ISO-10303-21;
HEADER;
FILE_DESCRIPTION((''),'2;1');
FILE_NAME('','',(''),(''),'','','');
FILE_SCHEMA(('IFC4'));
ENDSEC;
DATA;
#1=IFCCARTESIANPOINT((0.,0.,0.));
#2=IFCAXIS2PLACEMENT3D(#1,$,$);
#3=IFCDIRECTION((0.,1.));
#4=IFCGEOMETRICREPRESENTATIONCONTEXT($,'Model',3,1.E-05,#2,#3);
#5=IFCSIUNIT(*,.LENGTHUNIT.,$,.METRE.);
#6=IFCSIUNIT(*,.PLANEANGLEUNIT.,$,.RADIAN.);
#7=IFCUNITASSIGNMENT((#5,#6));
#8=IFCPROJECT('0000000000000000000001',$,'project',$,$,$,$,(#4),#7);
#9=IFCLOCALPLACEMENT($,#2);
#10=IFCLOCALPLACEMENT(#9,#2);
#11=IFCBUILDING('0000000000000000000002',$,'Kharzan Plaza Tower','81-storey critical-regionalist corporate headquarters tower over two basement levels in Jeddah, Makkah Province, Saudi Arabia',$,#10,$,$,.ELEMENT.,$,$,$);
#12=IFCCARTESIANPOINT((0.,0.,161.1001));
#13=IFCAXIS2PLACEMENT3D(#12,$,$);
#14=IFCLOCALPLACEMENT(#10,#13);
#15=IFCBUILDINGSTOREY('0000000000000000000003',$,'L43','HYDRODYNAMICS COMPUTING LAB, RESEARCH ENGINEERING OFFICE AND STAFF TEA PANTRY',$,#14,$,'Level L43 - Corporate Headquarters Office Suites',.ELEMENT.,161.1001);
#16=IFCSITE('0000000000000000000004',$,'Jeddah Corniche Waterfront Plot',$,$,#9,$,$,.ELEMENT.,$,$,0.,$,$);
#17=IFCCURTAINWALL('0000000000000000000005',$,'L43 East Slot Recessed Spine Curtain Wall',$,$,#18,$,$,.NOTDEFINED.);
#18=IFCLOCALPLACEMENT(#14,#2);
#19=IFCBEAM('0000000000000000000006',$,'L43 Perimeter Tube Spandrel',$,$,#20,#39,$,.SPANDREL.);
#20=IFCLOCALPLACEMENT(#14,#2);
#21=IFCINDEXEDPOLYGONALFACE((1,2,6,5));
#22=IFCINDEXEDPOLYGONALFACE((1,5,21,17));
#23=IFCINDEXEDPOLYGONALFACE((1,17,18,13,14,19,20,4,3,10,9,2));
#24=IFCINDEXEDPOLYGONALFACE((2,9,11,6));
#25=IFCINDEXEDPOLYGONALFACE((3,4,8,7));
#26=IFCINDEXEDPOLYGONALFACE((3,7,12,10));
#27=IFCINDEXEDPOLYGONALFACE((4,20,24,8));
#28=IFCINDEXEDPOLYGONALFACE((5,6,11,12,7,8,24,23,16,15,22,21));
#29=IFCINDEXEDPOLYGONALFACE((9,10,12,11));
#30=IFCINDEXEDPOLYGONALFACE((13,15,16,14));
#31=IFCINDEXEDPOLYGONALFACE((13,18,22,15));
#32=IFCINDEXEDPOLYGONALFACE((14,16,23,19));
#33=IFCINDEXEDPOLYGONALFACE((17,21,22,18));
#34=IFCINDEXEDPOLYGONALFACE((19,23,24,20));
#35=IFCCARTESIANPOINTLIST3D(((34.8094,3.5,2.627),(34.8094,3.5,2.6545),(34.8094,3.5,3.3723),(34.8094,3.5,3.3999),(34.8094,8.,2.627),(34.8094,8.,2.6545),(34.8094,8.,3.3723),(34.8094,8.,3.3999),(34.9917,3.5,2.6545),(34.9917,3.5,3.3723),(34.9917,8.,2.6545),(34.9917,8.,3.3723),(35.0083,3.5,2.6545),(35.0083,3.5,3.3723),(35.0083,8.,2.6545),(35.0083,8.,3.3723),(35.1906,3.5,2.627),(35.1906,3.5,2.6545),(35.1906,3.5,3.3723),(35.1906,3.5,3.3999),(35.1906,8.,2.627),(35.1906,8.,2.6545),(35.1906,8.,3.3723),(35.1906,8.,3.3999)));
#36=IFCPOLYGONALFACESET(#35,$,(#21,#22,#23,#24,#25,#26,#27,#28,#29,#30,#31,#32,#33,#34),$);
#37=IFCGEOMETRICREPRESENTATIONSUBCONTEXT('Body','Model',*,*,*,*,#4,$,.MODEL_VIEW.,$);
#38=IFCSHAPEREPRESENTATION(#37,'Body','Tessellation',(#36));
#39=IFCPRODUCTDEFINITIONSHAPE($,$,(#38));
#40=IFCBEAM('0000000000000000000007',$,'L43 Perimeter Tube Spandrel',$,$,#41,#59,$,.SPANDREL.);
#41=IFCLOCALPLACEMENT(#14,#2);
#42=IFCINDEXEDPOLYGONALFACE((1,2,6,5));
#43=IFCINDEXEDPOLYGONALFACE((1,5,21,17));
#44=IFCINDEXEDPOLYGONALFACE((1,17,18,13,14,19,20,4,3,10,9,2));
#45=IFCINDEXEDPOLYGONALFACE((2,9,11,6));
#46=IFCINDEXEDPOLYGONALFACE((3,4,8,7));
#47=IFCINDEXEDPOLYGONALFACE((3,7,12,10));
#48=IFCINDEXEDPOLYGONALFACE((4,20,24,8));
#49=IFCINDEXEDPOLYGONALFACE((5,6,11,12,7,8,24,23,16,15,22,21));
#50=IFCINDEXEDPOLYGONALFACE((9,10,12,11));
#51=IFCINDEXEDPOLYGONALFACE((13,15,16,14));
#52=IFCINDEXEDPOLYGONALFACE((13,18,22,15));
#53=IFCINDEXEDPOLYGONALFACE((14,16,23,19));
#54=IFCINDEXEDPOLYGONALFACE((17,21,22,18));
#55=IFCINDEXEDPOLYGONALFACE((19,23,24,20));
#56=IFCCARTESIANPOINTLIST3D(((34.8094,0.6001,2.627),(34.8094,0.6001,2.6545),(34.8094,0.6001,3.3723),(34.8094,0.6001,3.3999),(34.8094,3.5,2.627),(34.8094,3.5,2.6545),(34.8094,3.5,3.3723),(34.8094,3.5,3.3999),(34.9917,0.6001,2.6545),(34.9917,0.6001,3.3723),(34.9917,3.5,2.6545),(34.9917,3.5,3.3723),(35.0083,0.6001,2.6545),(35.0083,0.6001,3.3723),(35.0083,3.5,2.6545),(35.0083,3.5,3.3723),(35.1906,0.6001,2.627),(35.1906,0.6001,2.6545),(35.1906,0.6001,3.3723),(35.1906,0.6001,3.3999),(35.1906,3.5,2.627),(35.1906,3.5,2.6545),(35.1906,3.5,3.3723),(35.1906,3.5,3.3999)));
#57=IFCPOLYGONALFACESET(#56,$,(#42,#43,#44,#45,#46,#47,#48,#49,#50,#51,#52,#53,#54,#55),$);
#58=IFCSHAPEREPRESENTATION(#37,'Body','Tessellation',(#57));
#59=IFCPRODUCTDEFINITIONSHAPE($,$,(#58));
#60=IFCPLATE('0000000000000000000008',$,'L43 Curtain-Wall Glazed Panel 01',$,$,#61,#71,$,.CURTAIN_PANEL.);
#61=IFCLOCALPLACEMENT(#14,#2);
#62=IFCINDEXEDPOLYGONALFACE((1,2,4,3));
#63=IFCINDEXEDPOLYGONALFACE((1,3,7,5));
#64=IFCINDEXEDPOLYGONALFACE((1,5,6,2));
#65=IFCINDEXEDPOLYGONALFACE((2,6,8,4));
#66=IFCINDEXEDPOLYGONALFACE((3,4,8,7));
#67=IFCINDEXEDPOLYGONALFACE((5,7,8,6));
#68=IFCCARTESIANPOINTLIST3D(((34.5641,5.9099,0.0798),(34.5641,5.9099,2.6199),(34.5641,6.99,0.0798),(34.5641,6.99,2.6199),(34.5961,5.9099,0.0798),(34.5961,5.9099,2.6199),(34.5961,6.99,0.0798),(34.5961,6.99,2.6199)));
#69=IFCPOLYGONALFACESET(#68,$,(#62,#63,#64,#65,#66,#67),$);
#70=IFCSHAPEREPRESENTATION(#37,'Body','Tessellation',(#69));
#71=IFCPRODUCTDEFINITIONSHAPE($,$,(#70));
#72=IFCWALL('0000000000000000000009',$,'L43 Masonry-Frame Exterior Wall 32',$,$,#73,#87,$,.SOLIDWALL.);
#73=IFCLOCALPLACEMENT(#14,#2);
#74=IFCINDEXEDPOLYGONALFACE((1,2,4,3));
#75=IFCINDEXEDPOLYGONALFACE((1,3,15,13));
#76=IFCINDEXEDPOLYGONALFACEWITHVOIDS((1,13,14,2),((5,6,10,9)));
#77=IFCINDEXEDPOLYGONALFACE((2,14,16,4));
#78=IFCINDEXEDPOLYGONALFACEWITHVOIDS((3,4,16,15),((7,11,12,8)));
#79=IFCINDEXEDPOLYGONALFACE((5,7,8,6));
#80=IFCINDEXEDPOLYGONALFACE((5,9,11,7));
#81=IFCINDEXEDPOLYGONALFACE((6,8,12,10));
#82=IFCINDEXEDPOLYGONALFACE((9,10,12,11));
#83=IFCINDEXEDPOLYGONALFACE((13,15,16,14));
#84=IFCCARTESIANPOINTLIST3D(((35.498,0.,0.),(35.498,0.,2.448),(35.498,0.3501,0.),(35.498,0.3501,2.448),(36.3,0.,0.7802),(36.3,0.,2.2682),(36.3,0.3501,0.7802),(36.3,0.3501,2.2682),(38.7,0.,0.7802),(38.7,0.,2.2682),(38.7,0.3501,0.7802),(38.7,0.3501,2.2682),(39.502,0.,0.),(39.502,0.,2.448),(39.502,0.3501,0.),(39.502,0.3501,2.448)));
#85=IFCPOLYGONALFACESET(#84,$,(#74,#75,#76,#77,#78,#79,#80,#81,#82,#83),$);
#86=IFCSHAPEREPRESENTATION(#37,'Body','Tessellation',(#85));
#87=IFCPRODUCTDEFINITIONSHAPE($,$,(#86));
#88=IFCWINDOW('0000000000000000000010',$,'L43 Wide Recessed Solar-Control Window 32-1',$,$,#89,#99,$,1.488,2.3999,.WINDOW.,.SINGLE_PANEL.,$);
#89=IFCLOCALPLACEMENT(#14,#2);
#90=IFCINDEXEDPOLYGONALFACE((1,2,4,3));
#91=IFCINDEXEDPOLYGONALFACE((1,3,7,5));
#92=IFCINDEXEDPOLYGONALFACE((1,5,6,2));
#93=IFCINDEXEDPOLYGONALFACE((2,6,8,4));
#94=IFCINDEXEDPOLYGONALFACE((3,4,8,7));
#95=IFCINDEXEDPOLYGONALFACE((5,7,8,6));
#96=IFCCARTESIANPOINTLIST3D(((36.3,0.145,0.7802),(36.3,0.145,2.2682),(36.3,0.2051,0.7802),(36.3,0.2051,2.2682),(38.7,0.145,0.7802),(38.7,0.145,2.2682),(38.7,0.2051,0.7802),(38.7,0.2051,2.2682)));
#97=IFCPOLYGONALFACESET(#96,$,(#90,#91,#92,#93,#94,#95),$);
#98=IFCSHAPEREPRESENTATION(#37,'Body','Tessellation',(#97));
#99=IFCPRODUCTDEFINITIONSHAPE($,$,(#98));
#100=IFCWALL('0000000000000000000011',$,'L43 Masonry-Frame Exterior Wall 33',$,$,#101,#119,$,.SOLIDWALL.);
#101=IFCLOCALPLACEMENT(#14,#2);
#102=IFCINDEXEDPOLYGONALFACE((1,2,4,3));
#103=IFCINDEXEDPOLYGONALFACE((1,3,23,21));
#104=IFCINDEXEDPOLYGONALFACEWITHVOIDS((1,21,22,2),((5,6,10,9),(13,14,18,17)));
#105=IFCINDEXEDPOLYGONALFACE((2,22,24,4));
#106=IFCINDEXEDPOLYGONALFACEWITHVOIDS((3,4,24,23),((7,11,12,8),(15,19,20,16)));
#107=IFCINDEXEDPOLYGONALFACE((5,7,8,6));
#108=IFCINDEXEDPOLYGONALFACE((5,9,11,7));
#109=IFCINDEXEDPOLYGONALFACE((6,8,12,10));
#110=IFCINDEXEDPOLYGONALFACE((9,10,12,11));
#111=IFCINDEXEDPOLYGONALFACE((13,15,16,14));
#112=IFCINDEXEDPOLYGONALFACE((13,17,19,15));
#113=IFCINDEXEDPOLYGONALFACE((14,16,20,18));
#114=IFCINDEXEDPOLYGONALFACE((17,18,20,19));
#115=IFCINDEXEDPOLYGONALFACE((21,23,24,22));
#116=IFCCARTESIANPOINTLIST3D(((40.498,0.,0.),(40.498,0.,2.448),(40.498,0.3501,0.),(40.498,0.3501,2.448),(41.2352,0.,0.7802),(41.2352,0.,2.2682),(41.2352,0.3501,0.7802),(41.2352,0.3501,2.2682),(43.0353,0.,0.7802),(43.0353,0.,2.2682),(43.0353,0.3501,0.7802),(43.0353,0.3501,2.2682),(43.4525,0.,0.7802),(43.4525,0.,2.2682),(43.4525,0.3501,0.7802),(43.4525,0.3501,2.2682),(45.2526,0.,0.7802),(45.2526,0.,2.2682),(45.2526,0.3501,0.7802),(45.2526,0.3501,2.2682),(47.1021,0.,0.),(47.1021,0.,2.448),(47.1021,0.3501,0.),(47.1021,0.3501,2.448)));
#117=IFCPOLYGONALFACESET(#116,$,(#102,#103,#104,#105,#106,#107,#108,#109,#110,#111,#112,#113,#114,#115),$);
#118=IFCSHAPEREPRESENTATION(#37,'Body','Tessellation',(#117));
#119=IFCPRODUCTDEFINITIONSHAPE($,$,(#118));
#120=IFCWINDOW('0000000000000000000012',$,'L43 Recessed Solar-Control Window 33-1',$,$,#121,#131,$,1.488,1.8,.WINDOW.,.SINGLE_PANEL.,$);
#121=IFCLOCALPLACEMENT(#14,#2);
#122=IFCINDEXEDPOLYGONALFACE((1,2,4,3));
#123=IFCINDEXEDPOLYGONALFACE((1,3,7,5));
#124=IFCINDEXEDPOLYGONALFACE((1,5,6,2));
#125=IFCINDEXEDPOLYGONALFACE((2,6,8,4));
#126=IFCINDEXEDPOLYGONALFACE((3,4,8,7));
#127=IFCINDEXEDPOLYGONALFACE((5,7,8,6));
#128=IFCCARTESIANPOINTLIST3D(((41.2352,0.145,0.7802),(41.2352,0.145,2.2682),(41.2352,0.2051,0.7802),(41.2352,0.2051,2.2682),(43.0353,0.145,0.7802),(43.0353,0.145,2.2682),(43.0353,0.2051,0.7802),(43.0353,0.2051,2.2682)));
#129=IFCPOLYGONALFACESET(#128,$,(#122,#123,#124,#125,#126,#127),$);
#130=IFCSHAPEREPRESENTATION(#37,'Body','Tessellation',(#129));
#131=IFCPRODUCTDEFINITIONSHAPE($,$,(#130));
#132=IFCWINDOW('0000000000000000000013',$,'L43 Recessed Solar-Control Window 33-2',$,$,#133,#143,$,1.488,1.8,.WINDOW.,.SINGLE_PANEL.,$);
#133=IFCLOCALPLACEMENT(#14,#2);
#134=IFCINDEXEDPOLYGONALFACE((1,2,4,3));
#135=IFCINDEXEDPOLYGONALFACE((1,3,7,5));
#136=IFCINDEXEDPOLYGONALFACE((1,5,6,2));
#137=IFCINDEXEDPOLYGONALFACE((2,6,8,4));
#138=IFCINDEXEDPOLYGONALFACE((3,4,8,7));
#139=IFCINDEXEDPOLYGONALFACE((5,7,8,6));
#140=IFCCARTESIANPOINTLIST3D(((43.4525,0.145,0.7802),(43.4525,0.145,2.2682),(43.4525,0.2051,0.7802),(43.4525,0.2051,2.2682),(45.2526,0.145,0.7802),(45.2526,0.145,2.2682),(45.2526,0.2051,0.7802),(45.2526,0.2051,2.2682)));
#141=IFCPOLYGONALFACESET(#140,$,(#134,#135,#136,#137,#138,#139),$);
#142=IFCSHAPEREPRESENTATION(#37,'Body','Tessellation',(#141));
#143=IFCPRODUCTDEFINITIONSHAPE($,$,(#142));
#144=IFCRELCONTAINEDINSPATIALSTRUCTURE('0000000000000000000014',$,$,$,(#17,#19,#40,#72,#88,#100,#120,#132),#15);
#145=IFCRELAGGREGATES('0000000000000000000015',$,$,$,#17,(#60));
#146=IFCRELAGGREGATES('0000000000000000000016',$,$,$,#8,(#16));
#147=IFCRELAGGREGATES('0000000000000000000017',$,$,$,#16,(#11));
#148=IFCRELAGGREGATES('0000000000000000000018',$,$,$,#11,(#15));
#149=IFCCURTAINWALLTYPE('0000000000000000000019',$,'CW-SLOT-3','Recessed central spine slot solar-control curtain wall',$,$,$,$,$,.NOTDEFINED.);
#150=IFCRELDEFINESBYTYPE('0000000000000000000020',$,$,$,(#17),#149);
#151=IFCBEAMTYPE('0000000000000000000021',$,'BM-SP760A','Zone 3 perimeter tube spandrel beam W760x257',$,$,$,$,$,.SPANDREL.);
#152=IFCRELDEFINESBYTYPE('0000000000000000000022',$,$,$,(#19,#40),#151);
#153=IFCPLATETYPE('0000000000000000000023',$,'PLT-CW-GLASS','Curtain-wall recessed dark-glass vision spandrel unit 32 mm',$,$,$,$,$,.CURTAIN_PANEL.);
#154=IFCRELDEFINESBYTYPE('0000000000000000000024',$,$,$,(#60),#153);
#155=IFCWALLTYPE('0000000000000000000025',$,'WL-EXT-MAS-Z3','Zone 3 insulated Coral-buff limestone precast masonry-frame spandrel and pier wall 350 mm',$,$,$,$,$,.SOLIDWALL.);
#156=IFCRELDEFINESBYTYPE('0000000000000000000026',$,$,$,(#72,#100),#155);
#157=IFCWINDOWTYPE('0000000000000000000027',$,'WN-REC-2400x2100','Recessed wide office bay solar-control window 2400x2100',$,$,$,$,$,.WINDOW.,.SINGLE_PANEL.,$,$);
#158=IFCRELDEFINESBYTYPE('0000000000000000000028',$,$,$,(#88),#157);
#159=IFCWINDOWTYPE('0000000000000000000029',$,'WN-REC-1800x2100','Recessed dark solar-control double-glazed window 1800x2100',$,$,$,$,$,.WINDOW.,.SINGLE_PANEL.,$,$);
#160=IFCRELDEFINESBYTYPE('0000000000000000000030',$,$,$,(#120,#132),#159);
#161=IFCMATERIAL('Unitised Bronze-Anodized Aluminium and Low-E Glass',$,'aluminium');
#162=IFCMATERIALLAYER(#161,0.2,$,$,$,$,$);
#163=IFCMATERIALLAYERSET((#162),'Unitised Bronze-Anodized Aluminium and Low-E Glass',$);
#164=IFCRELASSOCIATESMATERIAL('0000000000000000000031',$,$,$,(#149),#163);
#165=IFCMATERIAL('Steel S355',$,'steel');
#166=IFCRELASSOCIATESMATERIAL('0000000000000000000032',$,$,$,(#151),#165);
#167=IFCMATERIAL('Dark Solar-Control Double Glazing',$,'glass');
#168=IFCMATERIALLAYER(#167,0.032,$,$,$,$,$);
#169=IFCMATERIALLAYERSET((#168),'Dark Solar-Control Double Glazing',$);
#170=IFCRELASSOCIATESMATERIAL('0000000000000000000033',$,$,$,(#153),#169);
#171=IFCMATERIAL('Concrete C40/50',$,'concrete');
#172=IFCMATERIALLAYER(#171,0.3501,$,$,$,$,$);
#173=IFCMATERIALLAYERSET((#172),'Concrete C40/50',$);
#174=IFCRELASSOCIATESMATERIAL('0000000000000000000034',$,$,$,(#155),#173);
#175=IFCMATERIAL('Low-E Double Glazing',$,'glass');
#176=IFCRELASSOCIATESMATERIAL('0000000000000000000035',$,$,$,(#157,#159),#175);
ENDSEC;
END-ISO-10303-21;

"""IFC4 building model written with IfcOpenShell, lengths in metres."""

from ifc_helpers import new_model, si_unit, direction, frame, frame_2d, origin, origin_2d, place, context, subcontext, project, spatial, rectangle, i_section, extrude, source, transform, mapped, material, layer, layer_set, material_profile, profile_set, type_object, element, fill, aggregate, save


model = new_model("IFC4")

# Units and contexts
model_context = context("Model", 3, precision=1e-05, world=origin(), true_north=direction((0.0, 1.0)))
body_context = subcontext(model_context, "Body", "Model", "MODEL_VIEW")
ifc_project = project(units=[si_unit("LENGTHUNIT", "METRE"), si_unit("PLANEANGLEUNIT", "RADIAN")], contexts=[model_context])

# Site, building, storey
site_placement = place(None, origin())
site = spatial("IfcSite", under=ifc_project, at=site_placement, Name="Jeddah Corniche Waterfront Plot", CompositionType="ELEMENT", RefElevation=0.0)
building_placement = place(site_placement, origin())
building = spatial("IfcBuilding", under=site, at=building_placement, Name="Kharzan Plaza Tower", Description="81-storey critical-regionalist corporate headquarters tower over two basement levels in Jeddah, Makkah Province, Saudi Arabia", CompositionType="ELEMENT")
storey_placement = place(building_placement, frame((0.0, 0.0, 161.1001)))
storey = spatial("IfcBuildingStorey", under=building, at=storey_placement, Name="L43", Description="HYDRODYNAMICS COMPUTING LAB, RESEARCH ENGINEERING OFFICE AND STAFF TEA PANTRY", LongName="Level L43 - Corporate Headquarters Office Suites", CompositionType="ELEMENT", Elevation=161.1001)

# Shared definitions
ifc_material_1 = material(Name="Steel S355", Category="steel")

# Curtain wall
ifc_material_2 = material(Name="Unitised Bronze-Anodized Aluminium and Low-E Glass", Category="aluminium")
ifc_layer_1 = layer(ifc_material_2, 0.2)
ifc_layer_set_1 = layer_set([ifc_layer_1], Name="Unitised Bronze-Anodized Aluminium and Low-E Glass")
curtain_wall_type = type_object("IfcCurtainWallType", Name="CW-SLOT-3", Description="Recessed central spine slot solar-control curtain wall", PredefinedType="NOTDEFINED", material=ifc_layer_set_1)
curtain_wall_placement = place(storey_placement, origin())
curtain_wall = element("IfcCurtainWall", 1, at=curtain_wall_placement, inside=storey, type_object=curtain_wall_type, Name="L43 East Slot Recessed Spine Curtain Wall", PredefinedType="NOTDEFINED")

# Beams
ifc_material_profile_1 = material_profile(ifc_material_1, i_section(OverallWidth=0.3811, OverallDepth=0.7729, WebThickness=0.0166, FlangeThickness=0.0276, at=origin_2d()), Name="W760x257")
ifc_profile_set_1 = profile_set([ifc_material_profile_1], Name="Steel S355")
beam_type_1 = type_object("IfcBeamType", Name="BM-SP760A", Description="Zone 3 perimeter tube spandrel beam W760x257", PredefinedType="SPANDREL", material=ifc_profile_set_1)
shared_shape_1 = source(origin(), body_context, "Body", "SweptSolid", [
    extrude(i_section(OverallWidth=0.3811, OverallDepth=0.7729, WebThickness=0.0166, FlangeThickness=0.0276, at=origin_2d()), origin(), (0.0, 0.0, 1.0), 4.5),
])
beam_1_placement = place(storey_placement, frame((35.0, 3.5, 3.0134), z_axis=(0.0, 1.0, 0.0), x_axis=(-1.0, 0.0, 0.0)))
element("IfcBeam", 2, at=beam_1_placement, inside=storey, type_object=beam_type_1, Name="L43 Perimeter Tube Spandrel", PredefinedType="SPANDREL", context=body_context, shape_type="MappedRepresentation", body=[
    mapped(shared_shape_1, transform((0.0, 0.0, 0.0), x_axis=(1.0, 0.0, 0.0), y_axis=(0.0, 1.0, 0.0), z_axis=(0.0, 0.0, 1.0))),
])
shared_shape_2 = source(origin(), body_context, "Body", "SweptSolid", [
    extrude(i_section(OverallWidth=0.3811, OverallDepth=0.7729, WebThickness=0.0166, FlangeThickness=0.0276, at=origin_2d()), origin(), (0.0, 0.0, 1.0), 2.8999),
])
beam_2_placement = place(storey_placement, frame((35.0, 0.6001, 3.0134), z_axis=(0.0, 1.0, 0.0), x_axis=(-1.0, 0.0, 0.0)))
element("IfcBeam", 3, at=beam_2_placement, inside=storey, type_object=beam_type_1, Name="L43 Perimeter Tube Spandrel", PredefinedType="SPANDREL", context=body_context, shape_type="MappedRepresentation", body=[
    mapped(shared_shape_2, transform((0.0, 0.0, 0.0), x_axis=(1.0, 0.0, 0.0), y_axis=(0.0, 1.0, 0.0), z_axis=(0.0, 0.0, 1.0))),
])

# Plate
ifc_material_3 = material(Name="Dark Solar-Control Double Glazing", Category="glass")
ifc_layer_2 = layer(ifc_material_3, 0.032)
ifc_layer_set_2 = layer_set([ifc_layer_2], Name="Dark Solar-Control Double Glazing")
plate_type = type_object("IfcPlateType", Name="PLT-CW-GLASS", Description="Curtain-wall recessed dark-glass vision spandrel unit 32 mm", PredefinedType="CURTAIN_PANEL", material=ifc_layer_set_2)
shared_shape_3 = source(origin(), body_context, "Body", "SweptSolid", [
    extrude(rectangle(XDim=1.0801, YDim=0.032, at=origin_2d()), origin(), (0.0, 0.0, 1.0), 2.54),
])
plate_placement = place(storey_placement, frame((34.5801, 6.45, 0.0798), z_axis=(0.0, 0.0, 1.0), x_axis=(0.0, 1.0, 0.0)))
plate = element("IfcPlate", 4, at=plate_placement, type_object=plate_type, Name="L43 Curtain-Wall Glazed Panel 01", PredefinedType="CURTAIN_PANEL", context=body_context, shape_type="MappedRepresentation", body=[
    mapped(shared_shape_3, transform((0.0, 0.0, 0.0), x_axis=(1.0, 0.0, 0.0), y_axis=(0.0, 1.0, 0.0), z_axis=(0.0, 0.0, 1.0))),
])
aggregate(curtain_wall, [plate])

# Wall, opening, window
ifc_material_4 = material(Name="Concrete C40/50", Category="concrete")
ifc_layer_3 = layer(ifc_material_4, 0.3501)
ifc_layer_set_3 = layer_set([ifc_layer_3], Name="Concrete C40/50")
wall_type_1 = type_object("IfcWallType", Name="WL-EXT-MAS-Z3", Description="Zone 3 insulated Coral-buff limestone precast masonry-frame spandrel and pier wall 350 mm", PredefinedType="SOLIDWALL", material=ifc_layer_set_3)
wall_1_placement = place(storey_placement, frame((35.498, 0.175, 0.0), z_axis=(0.0, 0.0, 1.0), x_axis=(1.0, 0.0, 0.0)))
wall_1 = element("IfcWall", 5, at=wall_1_placement, inside=storey, type_object=wall_type_1, Name="L43 Masonry-Frame Exterior Wall 32", PredefinedType="SOLIDWALL", context=body_context, shape_type="SweptSolid", body=[
    extrude(rectangle(XDim=4.0039, YDim=0.3501, at=frame_2d((2.002, 0.0))), origin(), (0.0, 0.0, 1.0), 2.448),
])
opening_1_placement = place(wall_1_placement, frame((0.802, 0.0, 0.78)))
opening_1 = element("IfcOpeningElement", 6, at=opening_1_placement, cuts=wall_1, PredefinedType="OPENING", context=body_context, shape_type="SweptSolid", body=[
    extrude(rectangle(XDim=2.3999, YDim=1.488, at=frame_2d((1.2, 0.7441))), frame((0.0, 0.1851, 0.0), z_axis=(0.0, -1.0, 0.0), x_axis=(1.0, 0.0, 0.0)), (0.0, 0.0, 1.0), 0.3701),
])
ifc_material_5 = material(Name="Low-E Double Glazing", Category="glass")
window_type_1 = type_object("IfcWindowType", Name="WN-REC-2400x2100", Description="Recessed wide office bay solar-control window 2400x2100", PartitioningType="SINGLE_PANEL", PredefinedType="WINDOW", material=ifc_material_5)
shared_shape_4 = source(origin(), body_context, "Body", "SweptSolid", [
    extrude(rectangle(XDim=2.3999, YDim=1.488, at=frame_2d((1.2, 0.7441))), frame((0.0, 0.03, 0.0), z_axis=(0.0, -1.0, 0.0), x_axis=(1.0, 0.0, 0.0)), (0.0, 0.0, 1.0), 0.0601),
])
window_1_placement = place(opening_1_placement, origin())
window_1 = element("IfcWindow", 7, at=window_1_placement, inside=storey, type_object=window_type_1, Name="L43 Wide Recessed Solar-Control Window 32-1", OverallHeight=1.488, OverallWidth=2.3999, PartitioningType="SINGLE_PANEL", PredefinedType="WINDOW", context=body_context, shape_type="MappedRepresentation", body=[
    mapped(shared_shape_4, transform((0.0, 0.0, 0.0), x_axis=(1.0, 0.0, 0.0), y_axis=(0.0, 1.0, 0.0), z_axis=(0.0, 0.0, 1.0))),
])
fill(opening_1, window_1)

# Wall, openings, windows
wall_2_placement = place(storey_placement, frame((40.498, 0.175, 0.0), z_axis=(0.0, 0.0, 1.0), x_axis=(1.0, 0.0, 0.0)))
wall_2 = element("IfcWall", 8, at=wall_2_placement, inside=storey, type_object=wall_type_1, Name="L43 Masonry-Frame Exterior Wall 33", PredefinedType="SOLIDWALL", context=body_context, shape_type="SweptSolid", body=[
    extrude(rectangle(XDim=6.604, YDim=0.3501, at=frame_2d((3.302, 0.0))), origin(), (0.0, 0.0, 1.0), 2.448),
])
opening_2_placement = place(wall_2_placement, frame((0.7373, 0.0, 0.78)))
opening_2 = element("IfcOpeningElement", 9, at=opening_2_placement, cuts=wall_2, PredefinedType="OPENING", context=body_context, shape_type="SweptSolid", body=[
    extrude(rectangle(XDim=1.8, YDim=1.488, at=frame_2d((0.8999, 0.7441))), frame((0.0, 0.1851, 0.0), z_axis=(0.0, -1.0, 0.0), x_axis=(1.0, 0.0, 0.0)), (0.0, 0.0, 1.0), 0.3701),
])
opening_3_placement = place(wall_2_placement, frame((2.9546, 0.0, 0.78)))
opening_3 = element("IfcOpeningElement", 10, at=opening_3_placement, cuts=wall_2, PredefinedType="OPENING", context=body_context, shape_type="SweptSolid", body=[
    extrude(rectangle(XDim=1.8, YDim=1.488, at=frame_2d((0.8999, 0.7441))), frame((0.0, 0.1851, 0.0), z_axis=(0.0, -1.0, 0.0), x_axis=(1.0, 0.0, 0.0)), (0.0, 0.0, 1.0), 0.3701),
])
window_type_2 = type_object("IfcWindowType", Name="WN-REC-1800x2100", Description="Recessed dark solar-control double-glazed window 1800x2100", PartitioningType="SINGLE_PANEL", PredefinedType="WINDOW", material=ifc_material_5)
shared_shape_5 = source(origin(), body_context, "Body", "SweptSolid", [
    extrude(rectangle(XDim=1.8, YDim=1.488, at=frame_2d((0.8999, 0.7441))), frame((0.0, 0.03, 0.0), z_axis=(0.0, -1.0, 0.0), x_axis=(1.0, 0.0, 0.0)), (0.0, 0.0, 1.0), 0.0601),
])
window_2_placement = place(opening_2_placement, origin())
window_2 = element("IfcWindow", 11, at=window_2_placement, inside=storey, type_object=window_type_2, Name="L43 Recessed Solar-Control Window 33-1", OverallHeight=1.488, OverallWidth=1.8, PartitioningType="SINGLE_PANEL", PredefinedType="WINDOW", context=body_context, shape_type="MappedRepresentation", body=[
    mapped(shared_shape_5, transform((0.0, 0.0, 0.0), x_axis=(1.0, 0.0, 0.0), y_axis=(0.0, 1.0, 0.0), z_axis=(0.0, 0.0, 1.0))),
])
fill(opening_2, window_2)
window_3_placement = place(opening_3_placement, origin())
window_3 = element("IfcWindow", 12, at=window_3_placement, inside=storey, type_object=window_type_2, Name="L43 Recessed Solar-Control Window 33-2", OverallHeight=1.488, OverallWidth=1.8, PartitioningType="SINGLE_PANEL", PredefinedType="WINDOW", context=body_context, shape_type="MappedRepresentation", body=[
    mapped(shared_shape_5, transform((0.0, 0.0, 0.0), x_axis=(1.0, 0.0, 0.0), y_axis=(0.0, 1.0, 0.0), z_axis=(0.0, 0.0, 1.0))),
])
fill(opening_3, window_3)

save(model, "model.ifc")
